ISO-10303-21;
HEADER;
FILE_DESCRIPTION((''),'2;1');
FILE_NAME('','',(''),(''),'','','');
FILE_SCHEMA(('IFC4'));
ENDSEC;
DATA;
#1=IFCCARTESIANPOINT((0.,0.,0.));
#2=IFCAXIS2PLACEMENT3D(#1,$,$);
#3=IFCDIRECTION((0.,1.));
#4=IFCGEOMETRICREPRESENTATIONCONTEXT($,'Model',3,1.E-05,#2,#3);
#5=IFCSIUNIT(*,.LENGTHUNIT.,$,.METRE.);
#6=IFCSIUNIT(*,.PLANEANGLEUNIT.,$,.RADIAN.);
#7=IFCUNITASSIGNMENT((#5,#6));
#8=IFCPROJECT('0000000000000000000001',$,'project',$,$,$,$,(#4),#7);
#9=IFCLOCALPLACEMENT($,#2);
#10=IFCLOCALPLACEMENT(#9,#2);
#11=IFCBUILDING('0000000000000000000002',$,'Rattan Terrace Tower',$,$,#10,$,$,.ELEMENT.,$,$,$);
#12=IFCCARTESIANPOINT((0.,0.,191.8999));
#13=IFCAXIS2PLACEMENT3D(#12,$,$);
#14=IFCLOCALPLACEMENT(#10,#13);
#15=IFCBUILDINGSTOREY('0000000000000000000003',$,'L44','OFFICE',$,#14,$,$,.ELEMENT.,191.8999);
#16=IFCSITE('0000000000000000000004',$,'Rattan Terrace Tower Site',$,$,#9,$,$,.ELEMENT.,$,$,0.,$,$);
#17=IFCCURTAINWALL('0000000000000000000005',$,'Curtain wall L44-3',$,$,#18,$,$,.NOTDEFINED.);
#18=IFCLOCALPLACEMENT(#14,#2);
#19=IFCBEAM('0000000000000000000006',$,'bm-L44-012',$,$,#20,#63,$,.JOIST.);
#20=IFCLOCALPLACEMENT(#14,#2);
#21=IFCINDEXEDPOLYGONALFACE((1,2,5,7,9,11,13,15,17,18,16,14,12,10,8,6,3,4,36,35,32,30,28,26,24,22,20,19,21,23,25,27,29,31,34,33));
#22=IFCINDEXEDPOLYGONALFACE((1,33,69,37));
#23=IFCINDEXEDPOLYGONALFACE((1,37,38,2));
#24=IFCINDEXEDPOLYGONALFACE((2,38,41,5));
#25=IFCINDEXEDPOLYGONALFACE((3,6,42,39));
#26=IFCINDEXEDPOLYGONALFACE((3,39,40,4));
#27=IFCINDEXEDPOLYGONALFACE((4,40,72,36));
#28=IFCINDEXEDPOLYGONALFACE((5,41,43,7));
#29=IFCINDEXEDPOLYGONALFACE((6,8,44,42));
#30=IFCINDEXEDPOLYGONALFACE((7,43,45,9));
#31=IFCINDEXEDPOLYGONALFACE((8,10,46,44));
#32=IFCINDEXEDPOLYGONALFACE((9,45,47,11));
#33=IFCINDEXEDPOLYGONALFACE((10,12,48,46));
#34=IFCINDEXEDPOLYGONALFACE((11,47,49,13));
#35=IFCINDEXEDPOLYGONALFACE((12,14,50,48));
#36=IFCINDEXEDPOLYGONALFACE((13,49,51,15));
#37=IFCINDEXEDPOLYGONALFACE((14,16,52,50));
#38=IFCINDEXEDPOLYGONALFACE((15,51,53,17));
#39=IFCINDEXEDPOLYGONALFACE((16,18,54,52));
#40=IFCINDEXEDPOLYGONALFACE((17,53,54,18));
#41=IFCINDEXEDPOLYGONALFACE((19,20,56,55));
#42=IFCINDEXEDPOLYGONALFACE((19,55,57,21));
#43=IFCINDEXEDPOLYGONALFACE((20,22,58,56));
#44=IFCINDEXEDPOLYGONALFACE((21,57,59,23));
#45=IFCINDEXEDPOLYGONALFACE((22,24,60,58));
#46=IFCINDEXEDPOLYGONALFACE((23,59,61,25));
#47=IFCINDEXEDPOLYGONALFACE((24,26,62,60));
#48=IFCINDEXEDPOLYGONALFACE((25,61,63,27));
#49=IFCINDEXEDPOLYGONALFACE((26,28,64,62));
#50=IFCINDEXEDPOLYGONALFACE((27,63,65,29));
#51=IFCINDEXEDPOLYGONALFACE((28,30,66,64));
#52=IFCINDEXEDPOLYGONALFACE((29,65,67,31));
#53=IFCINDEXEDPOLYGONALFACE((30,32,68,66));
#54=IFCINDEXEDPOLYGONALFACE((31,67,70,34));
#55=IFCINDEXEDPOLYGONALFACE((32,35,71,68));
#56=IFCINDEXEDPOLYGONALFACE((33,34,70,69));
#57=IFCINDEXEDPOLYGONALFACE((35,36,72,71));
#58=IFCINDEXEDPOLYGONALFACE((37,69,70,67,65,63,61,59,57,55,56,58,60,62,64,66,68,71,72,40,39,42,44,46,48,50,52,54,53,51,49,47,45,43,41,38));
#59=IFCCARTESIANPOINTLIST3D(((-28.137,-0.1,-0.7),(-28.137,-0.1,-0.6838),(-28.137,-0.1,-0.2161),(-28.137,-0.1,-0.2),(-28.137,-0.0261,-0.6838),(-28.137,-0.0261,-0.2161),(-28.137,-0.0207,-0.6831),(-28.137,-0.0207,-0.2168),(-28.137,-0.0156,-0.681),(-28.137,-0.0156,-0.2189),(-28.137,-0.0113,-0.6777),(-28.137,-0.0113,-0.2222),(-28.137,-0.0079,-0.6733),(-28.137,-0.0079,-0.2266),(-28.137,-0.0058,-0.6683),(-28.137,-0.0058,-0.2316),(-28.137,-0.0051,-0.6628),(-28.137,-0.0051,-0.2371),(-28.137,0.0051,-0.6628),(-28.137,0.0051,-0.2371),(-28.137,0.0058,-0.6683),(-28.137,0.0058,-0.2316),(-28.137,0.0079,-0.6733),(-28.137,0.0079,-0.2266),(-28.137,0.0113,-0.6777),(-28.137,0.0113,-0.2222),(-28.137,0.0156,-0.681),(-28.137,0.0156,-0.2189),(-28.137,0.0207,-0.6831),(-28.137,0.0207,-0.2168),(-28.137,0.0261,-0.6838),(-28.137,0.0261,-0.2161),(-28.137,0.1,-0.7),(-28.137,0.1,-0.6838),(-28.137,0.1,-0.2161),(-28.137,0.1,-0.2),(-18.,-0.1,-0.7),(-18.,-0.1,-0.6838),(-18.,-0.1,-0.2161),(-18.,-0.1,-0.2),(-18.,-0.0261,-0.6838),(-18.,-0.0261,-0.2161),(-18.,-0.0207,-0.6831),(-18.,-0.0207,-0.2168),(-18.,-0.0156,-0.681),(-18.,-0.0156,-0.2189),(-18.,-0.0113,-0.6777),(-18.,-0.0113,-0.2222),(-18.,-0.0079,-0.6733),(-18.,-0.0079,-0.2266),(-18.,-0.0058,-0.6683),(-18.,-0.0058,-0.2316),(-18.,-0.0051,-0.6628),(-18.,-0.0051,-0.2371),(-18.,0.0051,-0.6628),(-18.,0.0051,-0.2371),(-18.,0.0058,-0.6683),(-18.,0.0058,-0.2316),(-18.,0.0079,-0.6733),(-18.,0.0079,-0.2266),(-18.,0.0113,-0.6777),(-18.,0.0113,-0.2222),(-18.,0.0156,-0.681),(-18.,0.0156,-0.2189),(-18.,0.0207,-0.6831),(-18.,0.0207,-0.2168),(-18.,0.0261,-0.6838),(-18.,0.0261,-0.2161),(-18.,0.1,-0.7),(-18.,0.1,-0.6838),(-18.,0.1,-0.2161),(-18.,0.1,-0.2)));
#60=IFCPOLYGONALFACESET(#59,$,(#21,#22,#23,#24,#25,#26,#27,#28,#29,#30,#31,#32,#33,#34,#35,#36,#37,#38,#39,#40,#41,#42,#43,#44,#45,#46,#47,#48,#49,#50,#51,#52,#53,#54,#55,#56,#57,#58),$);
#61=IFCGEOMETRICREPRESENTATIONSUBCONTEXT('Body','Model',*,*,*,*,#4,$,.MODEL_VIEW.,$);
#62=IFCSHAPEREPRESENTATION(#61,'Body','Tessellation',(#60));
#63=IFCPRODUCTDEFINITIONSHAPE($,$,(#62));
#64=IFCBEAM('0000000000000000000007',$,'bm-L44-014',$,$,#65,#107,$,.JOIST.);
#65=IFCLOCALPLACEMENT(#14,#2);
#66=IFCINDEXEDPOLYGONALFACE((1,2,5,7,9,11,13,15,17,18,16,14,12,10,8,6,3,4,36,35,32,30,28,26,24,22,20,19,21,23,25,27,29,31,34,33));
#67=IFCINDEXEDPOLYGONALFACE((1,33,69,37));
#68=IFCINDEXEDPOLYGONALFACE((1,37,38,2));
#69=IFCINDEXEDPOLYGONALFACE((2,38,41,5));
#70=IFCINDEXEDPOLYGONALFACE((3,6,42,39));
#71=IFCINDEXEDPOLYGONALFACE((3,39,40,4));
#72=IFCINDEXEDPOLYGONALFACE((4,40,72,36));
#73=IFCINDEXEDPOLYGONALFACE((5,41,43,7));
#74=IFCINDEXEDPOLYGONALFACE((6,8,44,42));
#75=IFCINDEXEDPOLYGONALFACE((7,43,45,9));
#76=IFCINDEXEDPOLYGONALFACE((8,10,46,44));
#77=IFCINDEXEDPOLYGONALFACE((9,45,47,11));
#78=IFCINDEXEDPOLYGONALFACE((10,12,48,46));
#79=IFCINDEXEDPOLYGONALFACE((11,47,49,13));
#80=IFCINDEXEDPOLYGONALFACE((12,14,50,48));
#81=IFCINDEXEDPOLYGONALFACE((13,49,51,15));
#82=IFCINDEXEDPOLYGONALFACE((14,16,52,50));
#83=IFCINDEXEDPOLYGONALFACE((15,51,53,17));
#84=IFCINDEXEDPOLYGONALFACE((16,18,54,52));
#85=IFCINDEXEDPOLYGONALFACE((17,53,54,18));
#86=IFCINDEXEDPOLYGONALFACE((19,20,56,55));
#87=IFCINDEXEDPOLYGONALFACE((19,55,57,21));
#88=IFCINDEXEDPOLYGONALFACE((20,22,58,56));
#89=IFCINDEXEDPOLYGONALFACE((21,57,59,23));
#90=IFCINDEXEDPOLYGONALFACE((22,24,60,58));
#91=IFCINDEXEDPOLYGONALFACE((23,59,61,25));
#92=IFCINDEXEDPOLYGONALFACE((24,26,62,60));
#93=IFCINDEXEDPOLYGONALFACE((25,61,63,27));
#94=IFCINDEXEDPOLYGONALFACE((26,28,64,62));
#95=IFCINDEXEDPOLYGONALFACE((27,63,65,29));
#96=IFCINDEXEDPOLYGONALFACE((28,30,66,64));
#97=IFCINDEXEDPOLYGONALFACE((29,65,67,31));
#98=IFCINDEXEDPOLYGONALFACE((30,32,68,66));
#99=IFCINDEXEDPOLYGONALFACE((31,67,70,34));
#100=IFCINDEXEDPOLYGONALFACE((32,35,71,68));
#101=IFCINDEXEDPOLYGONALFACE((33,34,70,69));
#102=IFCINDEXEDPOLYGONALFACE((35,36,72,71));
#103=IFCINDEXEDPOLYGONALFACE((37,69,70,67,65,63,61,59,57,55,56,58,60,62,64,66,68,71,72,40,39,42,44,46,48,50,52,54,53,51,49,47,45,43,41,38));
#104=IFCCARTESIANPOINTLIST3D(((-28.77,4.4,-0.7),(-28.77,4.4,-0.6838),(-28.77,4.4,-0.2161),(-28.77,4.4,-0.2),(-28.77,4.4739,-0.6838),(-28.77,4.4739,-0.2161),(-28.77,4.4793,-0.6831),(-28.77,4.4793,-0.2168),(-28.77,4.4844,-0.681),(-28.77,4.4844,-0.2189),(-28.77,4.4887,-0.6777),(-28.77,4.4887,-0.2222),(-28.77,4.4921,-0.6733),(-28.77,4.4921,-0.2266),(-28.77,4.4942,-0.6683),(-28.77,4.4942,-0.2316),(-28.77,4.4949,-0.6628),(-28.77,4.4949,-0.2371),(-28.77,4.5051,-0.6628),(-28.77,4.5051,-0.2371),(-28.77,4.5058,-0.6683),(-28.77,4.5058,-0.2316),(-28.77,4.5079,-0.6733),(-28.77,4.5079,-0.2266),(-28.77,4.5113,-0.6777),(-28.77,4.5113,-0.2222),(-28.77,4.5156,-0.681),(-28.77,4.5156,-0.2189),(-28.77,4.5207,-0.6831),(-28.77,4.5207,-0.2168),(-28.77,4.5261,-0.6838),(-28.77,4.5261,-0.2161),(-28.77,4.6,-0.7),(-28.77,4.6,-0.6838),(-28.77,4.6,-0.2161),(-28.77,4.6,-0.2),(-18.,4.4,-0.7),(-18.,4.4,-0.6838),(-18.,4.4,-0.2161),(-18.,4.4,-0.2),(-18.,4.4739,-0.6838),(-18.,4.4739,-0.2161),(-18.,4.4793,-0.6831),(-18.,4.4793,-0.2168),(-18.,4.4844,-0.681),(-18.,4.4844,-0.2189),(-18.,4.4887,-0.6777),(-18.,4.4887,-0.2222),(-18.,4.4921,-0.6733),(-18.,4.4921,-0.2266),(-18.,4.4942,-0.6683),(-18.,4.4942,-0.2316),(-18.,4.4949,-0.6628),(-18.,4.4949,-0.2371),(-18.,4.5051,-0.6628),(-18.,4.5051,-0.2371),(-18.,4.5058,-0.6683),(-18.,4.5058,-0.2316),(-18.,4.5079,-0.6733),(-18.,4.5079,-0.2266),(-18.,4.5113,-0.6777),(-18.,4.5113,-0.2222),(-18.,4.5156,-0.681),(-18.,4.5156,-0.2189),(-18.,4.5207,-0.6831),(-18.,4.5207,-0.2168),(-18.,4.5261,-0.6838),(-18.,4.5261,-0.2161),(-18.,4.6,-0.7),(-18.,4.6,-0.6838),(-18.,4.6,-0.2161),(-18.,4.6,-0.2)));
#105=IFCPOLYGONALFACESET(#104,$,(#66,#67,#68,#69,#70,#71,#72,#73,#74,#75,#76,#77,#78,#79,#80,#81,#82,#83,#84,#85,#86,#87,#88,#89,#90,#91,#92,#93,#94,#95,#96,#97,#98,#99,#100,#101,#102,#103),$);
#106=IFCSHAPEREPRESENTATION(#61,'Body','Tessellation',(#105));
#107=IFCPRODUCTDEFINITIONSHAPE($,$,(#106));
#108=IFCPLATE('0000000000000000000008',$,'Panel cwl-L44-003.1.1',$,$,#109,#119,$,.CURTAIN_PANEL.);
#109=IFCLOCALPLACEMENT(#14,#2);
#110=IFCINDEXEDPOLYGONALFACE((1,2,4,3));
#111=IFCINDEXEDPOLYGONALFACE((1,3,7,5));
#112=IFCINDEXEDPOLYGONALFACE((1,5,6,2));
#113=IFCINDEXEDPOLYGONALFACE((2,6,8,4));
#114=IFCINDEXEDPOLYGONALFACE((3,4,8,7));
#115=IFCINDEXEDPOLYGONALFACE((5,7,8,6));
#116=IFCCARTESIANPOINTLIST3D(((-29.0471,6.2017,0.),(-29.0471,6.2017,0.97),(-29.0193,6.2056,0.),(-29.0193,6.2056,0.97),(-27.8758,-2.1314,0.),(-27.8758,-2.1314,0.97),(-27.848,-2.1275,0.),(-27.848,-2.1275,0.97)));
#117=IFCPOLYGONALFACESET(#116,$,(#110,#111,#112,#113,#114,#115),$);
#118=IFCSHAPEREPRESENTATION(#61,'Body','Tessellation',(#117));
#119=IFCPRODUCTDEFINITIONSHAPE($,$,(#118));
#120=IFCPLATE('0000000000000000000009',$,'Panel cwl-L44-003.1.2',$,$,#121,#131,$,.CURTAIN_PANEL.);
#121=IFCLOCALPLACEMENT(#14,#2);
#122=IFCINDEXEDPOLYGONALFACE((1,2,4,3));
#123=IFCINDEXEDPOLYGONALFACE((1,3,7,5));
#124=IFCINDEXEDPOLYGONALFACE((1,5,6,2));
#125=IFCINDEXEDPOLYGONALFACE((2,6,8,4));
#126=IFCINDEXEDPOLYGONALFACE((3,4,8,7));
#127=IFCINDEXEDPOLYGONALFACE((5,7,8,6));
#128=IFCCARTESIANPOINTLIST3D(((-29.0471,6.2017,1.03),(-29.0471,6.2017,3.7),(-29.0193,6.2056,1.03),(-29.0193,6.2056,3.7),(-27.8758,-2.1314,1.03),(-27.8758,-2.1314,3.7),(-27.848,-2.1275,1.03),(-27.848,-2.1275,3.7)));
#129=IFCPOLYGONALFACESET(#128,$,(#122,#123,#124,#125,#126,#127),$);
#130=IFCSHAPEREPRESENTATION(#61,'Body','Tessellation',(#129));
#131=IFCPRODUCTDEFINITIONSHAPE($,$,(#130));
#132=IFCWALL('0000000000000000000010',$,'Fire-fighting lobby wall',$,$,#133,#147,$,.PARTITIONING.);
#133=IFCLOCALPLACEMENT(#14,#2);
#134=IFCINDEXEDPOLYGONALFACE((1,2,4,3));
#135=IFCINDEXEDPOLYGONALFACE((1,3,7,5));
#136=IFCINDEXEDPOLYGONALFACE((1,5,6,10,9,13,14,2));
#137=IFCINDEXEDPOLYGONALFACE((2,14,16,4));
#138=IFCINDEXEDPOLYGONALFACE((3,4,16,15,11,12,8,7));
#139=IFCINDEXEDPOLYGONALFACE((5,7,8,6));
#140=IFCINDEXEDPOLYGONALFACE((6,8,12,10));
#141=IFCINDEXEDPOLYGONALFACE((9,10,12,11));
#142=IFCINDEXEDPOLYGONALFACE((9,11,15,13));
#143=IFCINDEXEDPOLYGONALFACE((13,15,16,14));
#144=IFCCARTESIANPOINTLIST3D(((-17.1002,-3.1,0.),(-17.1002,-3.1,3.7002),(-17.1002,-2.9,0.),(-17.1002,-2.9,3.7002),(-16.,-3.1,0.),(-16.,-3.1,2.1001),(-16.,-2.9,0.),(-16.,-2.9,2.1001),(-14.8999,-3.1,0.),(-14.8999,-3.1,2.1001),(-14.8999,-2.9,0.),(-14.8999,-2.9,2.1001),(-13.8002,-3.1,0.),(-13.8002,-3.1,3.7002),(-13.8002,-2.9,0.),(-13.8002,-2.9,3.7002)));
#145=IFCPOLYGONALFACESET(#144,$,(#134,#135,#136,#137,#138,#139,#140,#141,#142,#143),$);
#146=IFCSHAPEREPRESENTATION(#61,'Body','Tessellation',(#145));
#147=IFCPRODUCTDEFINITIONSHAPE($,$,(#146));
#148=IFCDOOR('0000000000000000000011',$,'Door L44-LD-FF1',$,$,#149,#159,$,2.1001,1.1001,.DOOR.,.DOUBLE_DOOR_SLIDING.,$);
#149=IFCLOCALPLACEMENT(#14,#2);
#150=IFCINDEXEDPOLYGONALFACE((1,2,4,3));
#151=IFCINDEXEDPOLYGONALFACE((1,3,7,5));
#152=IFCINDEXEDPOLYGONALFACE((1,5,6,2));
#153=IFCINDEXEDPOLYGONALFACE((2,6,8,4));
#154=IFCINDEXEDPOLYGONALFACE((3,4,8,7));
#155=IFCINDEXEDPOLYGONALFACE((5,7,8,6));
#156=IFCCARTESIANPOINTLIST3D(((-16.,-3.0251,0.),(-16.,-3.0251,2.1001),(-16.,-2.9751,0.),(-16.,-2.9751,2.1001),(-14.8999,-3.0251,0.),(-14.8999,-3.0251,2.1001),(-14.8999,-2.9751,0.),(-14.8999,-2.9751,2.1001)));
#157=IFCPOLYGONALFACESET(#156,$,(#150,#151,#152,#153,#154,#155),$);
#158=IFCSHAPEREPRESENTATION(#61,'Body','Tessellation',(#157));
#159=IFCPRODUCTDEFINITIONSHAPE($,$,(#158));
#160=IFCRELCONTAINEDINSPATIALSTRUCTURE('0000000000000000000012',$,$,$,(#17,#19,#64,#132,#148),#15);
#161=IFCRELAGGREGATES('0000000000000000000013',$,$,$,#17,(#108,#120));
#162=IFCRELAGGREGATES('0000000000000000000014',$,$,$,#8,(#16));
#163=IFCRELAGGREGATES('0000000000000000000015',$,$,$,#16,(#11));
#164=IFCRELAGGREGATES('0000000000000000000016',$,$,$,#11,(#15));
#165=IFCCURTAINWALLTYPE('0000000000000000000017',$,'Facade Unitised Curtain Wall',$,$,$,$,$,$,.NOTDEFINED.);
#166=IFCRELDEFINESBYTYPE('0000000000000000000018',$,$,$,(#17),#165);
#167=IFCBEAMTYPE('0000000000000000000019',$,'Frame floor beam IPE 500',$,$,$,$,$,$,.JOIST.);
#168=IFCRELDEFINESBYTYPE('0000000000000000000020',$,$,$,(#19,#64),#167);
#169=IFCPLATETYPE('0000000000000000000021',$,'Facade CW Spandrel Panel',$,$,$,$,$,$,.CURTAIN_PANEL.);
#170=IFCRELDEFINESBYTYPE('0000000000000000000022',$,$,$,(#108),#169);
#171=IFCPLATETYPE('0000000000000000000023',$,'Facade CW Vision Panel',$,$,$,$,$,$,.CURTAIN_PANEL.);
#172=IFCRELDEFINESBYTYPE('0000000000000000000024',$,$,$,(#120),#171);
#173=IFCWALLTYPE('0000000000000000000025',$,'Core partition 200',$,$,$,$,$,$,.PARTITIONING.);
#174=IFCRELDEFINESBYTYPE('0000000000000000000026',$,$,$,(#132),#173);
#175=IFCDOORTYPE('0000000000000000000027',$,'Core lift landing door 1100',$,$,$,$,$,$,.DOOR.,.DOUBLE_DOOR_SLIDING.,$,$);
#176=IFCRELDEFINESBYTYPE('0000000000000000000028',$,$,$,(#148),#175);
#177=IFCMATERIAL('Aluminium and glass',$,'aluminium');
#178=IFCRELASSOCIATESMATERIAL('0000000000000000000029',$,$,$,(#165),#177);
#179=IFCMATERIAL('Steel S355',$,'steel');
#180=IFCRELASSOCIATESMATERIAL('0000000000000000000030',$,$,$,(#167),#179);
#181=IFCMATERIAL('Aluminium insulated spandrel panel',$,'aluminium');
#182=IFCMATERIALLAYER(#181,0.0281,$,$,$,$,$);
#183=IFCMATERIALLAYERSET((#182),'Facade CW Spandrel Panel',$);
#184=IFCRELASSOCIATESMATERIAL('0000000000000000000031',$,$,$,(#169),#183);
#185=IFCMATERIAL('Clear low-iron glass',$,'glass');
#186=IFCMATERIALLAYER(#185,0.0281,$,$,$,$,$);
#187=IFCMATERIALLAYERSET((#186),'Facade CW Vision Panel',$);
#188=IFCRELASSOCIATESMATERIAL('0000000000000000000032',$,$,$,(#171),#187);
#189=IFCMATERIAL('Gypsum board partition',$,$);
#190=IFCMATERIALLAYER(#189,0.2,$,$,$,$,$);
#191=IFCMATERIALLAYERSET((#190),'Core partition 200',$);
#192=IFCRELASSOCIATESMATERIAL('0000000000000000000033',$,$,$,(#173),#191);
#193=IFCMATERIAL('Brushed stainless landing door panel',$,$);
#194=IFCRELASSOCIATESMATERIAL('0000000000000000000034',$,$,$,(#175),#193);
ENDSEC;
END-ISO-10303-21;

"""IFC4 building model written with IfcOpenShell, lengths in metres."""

from ifc_helpers import new_model, si_unit, direction, frame, frame_2d, origin, origin_2d, place, context, subcontext, project, spatial, rectangle, i_section, extrude, material, layer, layer_set, material_profile, profile_set, type_object, element, fill, aggregate, save


model = new_model("IFC4")

# Units and contexts
model_context = context("Model", 3, precision=1e-05, world=origin(), true_north=direction((0.0, 1.0)))
body_context = subcontext(model_context, "Body", "Model", "MODEL_VIEW")
ifc_project = project(units=[si_unit("LENGTHUNIT", "METRE"), si_unit("PLANEANGLEUNIT", "RADIAN")], contexts=[model_context])

# Site, building, storey
site_placement = place(None, origin())
site = spatial("IfcSite", under=ifc_project, at=site_placement, Name="Rattan Terrace Tower Site", CompositionType="ELEMENT", RefElevation=0.0)
building_placement = place(site_placement, origin())
building = spatial("IfcBuilding", under=site, at=building_placement, Name="Rattan Terrace Tower", CompositionType="ELEMENT")
storey_placement = place(building_placement, frame((0.0, 0.0, 191.8999)))
storey = spatial("IfcBuildingStorey", under=building, at=storey_placement, Name="L44", Description="OFFICE", CompositionType="ELEMENT", Elevation=191.8999)

# Curtain wall
ifc_material_1 = material(Name="Aluminium and glass", Category="aluminium")
curtain_wall_type = type_object("IfcCurtainWallType", Name="Facade Unitised Curtain Wall", PredefinedType="NOTDEFINED", material=ifc_material_1)
curtain_wall_placement = place(storey_placement, origin())
curtain_wall = element("IfcCurtainWall", 1, at=curtain_wall_placement, inside=storey, type_object=curtain_wall_type, Name="Curtain wall L44-3", PredefinedType="NOTDEFINED")

# Beams
ifc_material_2 = material(Name="Steel S355", Category="steel")
ifc_material_profile_1 = material_profile(ifc_material_2, i_section(OverallWidth=0.2, OverallDepth=0.5, WebThickness=0.0103, FlangeThickness=0.0161, FilletRadius=0.021, at=origin_2d()), Name="IPE 500")
ifc_profile_set_1 = profile_set([ifc_material_profile_1], Name="Steel S355")
beam_type_1 = type_object("IfcBeamType", Name="Frame floor beam IPE 500", PredefinedType="JOIST", material=ifc_profile_set_1)
beam_1_placement = place(storey_placement, frame((-28.137, 0.0, -0.45), z_axis=(1.0, 0.0, 0.0), x_axis=(0.0, 1.0, 0.0)))
element("IfcBeam", 2, at=beam_1_placement, inside=storey, type_object=beam_type_1, Name="bm-L44-012", PredefinedType="JOIST", context=body_context, shape_type="SweptSolid", body=[
    extrude(i_section(OverallWidth=0.2, OverallDepth=0.5, WebThickness=0.0103, FlangeThickness=0.0161, FilletRadius=0.021, at=origin_2d()), origin(), (0.0, 0.0, 1.0), 10.137),
])
beam_2_placement = place(storey_placement, frame((-28.77, 4.5, -0.45), z_axis=(1.0, 0.0, 0.0), x_axis=(0.0, 1.0, 0.0)))
element("IfcBeam", 3, at=beam_2_placement, inside=storey, type_object=beam_type_1, Name="bm-L44-014", PredefinedType="JOIST", context=body_context, shape_type="SweptSolid", body=[
    extrude(i_section(OverallWidth=0.2, OverallDepth=0.5, WebThickness=0.0103, FlangeThickness=0.0161, FilletRadius=0.021, at=origin_2d()), origin(), (0.0, 0.0, 1.0), 10.77),
])

# Plates
ifc_material_3 = material(Name="Aluminium insulated spandrel panel", Category="aluminium")
ifc_layer_1 = layer(ifc_material_3, 0.0281)
ifc_layer_set_1 = layer_set([ifc_layer_1], Name="Facade CW Spandrel Panel")
plate_type_1 = type_object("IfcPlateType", Name="Facade CW Spandrel Panel", PredefinedType="CURTAIN_PANEL", material=ifc_layer_set_1)
plate_1_placement = place(storey_placement, frame((-28.4475, 2.0371, 0.0), z_axis=(0.0, 0.0, 1.0), x_axis=(0.139191, -0.990266, 0.0)))
plate_1 = element("IfcPlate", 4, at=plate_1_placement, type_object=plate_type_1, Name="Panel cwl-L44-003.1.1", PredefinedType="CURTAIN_PANEL", context=body_context, shape_type="SweptSolid", body=[
    extrude(rectangle(XDim=8.415, YDim=0.0281, at=origin_2d()), origin(), (0.0, 0.0, 1.0), 0.97),
])
ifc_material_4 = material(Name="Clear low-iron glass", Category="glass")
ifc_layer_2 = layer(ifc_material_4, 0.0281)
ifc_layer_set_2 = layer_set([ifc_layer_2], Name="Facade CW Vision Panel")
plate_type_2 = type_object("IfcPlateType", Name="Facade CW Vision Panel", PredefinedType="CURTAIN_PANEL", material=ifc_layer_set_2)
plate_2_placement = place(storey_placement, frame((-28.4475, 2.0371, 1.03), z_axis=(0.0, 0.0, 1.0), x_axis=(0.139191, -0.990266, 0.0)))
plate_2 = element("IfcPlate", 5, at=plate_2_placement, type_object=plate_type_2, Name="Panel cwl-L44-003.1.2", PredefinedType="CURTAIN_PANEL", context=body_context, shape_type="SweptSolid", body=[
    extrude(rectangle(XDim=8.415, YDim=0.0281, at=origin_2d()), origin(), (0.0, 0.0, 1.0), 2.6699),
])
aggregate(curtain_wall, [plate_1, plate_2])

# Wall, opening, door
ifc_material_5 = material(Name="Gypsum board partition")
ifc_layer_3 = layer(ifc_material_5, 0.2)
ifc_layer_set_3 = layer_set([ifc_layer_3], Name="Core partition 200")
wall_type_1 = type_object("IfcWallType", Name="Core partition 200", PredefinedType="PARTITIONING", material=ifc_layer_set_3)
wall_1_placement = place(storey_placement, frame((-17.1001, -3.0, 0.0), z_axis=(0.0, 0.0, 1.0), x_axis=(1.0, 0.0, 0.0)))
wall_1 = element("IfcWall", 6, at=wall_1_placement, inside=storey, type_object=wall_type_1, Name="Fire-fighting lobby wall", PredefinedType="PARTITIONING", context=body_context, shape_type="SweptSolid", body=[
    extrude(rectangle(XDim=3.3, YDim=0.2, at=frame_2d((1.6499, 0.0))), origin(), (0.0, 0.0, 1.0), 3.7002),
])
opening_1_placement = place(wall_1_placement, frame((1.1001, 0.0, 0.0)))
opening_1 = element("IfcOpeningElement", 7, at=opening_1_placement, cuts=wall_1, PredefinedType="OPENING", context=body_context, shape_type="SweptSolid", body=[
    extrude(rectangle(XDim=1.1001, YDim=2.1001, at=frame_2d((0.55, 1.05))), frame((0.0, 0.1106, 0.0), z_axis=(0.0, -1.0, 0.0), x_axis=(1.0, 0.0, 0.0)), (0.0, 0.0, 1.0), 0.2209),
])
ifc_material_6 = material(Name="Brushed stainless landing door panel")
door_type_1 = type_object("IfcDoorType", Name="Core lift landing door 1100", OperationType="DOUBLE_DOOR_SLIDING", PredefinedType="DOOR", material=ifc_material_6)
door_1_placement = place(opening_1_placement, origin())
door_1 = element("IfcDoor", 8, at=door_1_placement, inside=storey, type_object=door_type_1, Name="Door L44-LD-FF1", OperationType="DOUBLE_DOOR_SLIDING", OverallHeight=2.1001, OverallWidth=1.1001, PredefinedType="DOOR", context=body_context, shape_type="SweptSolid", body=[
    extrude(rectangle(XDim=1.1001, YDim=2.1001, at=frame_2d((0.55, 1.05))), frame((0.0, 0.0249, 0.0), z_axis=(0.0, -1.0, 0.0), x_axis=(1.0, 0.0, 0.0)), (0.0, 0.0, 1.0), 0.05),
])
fill(opening_1, door_1)

save(model, "model.ifc")
